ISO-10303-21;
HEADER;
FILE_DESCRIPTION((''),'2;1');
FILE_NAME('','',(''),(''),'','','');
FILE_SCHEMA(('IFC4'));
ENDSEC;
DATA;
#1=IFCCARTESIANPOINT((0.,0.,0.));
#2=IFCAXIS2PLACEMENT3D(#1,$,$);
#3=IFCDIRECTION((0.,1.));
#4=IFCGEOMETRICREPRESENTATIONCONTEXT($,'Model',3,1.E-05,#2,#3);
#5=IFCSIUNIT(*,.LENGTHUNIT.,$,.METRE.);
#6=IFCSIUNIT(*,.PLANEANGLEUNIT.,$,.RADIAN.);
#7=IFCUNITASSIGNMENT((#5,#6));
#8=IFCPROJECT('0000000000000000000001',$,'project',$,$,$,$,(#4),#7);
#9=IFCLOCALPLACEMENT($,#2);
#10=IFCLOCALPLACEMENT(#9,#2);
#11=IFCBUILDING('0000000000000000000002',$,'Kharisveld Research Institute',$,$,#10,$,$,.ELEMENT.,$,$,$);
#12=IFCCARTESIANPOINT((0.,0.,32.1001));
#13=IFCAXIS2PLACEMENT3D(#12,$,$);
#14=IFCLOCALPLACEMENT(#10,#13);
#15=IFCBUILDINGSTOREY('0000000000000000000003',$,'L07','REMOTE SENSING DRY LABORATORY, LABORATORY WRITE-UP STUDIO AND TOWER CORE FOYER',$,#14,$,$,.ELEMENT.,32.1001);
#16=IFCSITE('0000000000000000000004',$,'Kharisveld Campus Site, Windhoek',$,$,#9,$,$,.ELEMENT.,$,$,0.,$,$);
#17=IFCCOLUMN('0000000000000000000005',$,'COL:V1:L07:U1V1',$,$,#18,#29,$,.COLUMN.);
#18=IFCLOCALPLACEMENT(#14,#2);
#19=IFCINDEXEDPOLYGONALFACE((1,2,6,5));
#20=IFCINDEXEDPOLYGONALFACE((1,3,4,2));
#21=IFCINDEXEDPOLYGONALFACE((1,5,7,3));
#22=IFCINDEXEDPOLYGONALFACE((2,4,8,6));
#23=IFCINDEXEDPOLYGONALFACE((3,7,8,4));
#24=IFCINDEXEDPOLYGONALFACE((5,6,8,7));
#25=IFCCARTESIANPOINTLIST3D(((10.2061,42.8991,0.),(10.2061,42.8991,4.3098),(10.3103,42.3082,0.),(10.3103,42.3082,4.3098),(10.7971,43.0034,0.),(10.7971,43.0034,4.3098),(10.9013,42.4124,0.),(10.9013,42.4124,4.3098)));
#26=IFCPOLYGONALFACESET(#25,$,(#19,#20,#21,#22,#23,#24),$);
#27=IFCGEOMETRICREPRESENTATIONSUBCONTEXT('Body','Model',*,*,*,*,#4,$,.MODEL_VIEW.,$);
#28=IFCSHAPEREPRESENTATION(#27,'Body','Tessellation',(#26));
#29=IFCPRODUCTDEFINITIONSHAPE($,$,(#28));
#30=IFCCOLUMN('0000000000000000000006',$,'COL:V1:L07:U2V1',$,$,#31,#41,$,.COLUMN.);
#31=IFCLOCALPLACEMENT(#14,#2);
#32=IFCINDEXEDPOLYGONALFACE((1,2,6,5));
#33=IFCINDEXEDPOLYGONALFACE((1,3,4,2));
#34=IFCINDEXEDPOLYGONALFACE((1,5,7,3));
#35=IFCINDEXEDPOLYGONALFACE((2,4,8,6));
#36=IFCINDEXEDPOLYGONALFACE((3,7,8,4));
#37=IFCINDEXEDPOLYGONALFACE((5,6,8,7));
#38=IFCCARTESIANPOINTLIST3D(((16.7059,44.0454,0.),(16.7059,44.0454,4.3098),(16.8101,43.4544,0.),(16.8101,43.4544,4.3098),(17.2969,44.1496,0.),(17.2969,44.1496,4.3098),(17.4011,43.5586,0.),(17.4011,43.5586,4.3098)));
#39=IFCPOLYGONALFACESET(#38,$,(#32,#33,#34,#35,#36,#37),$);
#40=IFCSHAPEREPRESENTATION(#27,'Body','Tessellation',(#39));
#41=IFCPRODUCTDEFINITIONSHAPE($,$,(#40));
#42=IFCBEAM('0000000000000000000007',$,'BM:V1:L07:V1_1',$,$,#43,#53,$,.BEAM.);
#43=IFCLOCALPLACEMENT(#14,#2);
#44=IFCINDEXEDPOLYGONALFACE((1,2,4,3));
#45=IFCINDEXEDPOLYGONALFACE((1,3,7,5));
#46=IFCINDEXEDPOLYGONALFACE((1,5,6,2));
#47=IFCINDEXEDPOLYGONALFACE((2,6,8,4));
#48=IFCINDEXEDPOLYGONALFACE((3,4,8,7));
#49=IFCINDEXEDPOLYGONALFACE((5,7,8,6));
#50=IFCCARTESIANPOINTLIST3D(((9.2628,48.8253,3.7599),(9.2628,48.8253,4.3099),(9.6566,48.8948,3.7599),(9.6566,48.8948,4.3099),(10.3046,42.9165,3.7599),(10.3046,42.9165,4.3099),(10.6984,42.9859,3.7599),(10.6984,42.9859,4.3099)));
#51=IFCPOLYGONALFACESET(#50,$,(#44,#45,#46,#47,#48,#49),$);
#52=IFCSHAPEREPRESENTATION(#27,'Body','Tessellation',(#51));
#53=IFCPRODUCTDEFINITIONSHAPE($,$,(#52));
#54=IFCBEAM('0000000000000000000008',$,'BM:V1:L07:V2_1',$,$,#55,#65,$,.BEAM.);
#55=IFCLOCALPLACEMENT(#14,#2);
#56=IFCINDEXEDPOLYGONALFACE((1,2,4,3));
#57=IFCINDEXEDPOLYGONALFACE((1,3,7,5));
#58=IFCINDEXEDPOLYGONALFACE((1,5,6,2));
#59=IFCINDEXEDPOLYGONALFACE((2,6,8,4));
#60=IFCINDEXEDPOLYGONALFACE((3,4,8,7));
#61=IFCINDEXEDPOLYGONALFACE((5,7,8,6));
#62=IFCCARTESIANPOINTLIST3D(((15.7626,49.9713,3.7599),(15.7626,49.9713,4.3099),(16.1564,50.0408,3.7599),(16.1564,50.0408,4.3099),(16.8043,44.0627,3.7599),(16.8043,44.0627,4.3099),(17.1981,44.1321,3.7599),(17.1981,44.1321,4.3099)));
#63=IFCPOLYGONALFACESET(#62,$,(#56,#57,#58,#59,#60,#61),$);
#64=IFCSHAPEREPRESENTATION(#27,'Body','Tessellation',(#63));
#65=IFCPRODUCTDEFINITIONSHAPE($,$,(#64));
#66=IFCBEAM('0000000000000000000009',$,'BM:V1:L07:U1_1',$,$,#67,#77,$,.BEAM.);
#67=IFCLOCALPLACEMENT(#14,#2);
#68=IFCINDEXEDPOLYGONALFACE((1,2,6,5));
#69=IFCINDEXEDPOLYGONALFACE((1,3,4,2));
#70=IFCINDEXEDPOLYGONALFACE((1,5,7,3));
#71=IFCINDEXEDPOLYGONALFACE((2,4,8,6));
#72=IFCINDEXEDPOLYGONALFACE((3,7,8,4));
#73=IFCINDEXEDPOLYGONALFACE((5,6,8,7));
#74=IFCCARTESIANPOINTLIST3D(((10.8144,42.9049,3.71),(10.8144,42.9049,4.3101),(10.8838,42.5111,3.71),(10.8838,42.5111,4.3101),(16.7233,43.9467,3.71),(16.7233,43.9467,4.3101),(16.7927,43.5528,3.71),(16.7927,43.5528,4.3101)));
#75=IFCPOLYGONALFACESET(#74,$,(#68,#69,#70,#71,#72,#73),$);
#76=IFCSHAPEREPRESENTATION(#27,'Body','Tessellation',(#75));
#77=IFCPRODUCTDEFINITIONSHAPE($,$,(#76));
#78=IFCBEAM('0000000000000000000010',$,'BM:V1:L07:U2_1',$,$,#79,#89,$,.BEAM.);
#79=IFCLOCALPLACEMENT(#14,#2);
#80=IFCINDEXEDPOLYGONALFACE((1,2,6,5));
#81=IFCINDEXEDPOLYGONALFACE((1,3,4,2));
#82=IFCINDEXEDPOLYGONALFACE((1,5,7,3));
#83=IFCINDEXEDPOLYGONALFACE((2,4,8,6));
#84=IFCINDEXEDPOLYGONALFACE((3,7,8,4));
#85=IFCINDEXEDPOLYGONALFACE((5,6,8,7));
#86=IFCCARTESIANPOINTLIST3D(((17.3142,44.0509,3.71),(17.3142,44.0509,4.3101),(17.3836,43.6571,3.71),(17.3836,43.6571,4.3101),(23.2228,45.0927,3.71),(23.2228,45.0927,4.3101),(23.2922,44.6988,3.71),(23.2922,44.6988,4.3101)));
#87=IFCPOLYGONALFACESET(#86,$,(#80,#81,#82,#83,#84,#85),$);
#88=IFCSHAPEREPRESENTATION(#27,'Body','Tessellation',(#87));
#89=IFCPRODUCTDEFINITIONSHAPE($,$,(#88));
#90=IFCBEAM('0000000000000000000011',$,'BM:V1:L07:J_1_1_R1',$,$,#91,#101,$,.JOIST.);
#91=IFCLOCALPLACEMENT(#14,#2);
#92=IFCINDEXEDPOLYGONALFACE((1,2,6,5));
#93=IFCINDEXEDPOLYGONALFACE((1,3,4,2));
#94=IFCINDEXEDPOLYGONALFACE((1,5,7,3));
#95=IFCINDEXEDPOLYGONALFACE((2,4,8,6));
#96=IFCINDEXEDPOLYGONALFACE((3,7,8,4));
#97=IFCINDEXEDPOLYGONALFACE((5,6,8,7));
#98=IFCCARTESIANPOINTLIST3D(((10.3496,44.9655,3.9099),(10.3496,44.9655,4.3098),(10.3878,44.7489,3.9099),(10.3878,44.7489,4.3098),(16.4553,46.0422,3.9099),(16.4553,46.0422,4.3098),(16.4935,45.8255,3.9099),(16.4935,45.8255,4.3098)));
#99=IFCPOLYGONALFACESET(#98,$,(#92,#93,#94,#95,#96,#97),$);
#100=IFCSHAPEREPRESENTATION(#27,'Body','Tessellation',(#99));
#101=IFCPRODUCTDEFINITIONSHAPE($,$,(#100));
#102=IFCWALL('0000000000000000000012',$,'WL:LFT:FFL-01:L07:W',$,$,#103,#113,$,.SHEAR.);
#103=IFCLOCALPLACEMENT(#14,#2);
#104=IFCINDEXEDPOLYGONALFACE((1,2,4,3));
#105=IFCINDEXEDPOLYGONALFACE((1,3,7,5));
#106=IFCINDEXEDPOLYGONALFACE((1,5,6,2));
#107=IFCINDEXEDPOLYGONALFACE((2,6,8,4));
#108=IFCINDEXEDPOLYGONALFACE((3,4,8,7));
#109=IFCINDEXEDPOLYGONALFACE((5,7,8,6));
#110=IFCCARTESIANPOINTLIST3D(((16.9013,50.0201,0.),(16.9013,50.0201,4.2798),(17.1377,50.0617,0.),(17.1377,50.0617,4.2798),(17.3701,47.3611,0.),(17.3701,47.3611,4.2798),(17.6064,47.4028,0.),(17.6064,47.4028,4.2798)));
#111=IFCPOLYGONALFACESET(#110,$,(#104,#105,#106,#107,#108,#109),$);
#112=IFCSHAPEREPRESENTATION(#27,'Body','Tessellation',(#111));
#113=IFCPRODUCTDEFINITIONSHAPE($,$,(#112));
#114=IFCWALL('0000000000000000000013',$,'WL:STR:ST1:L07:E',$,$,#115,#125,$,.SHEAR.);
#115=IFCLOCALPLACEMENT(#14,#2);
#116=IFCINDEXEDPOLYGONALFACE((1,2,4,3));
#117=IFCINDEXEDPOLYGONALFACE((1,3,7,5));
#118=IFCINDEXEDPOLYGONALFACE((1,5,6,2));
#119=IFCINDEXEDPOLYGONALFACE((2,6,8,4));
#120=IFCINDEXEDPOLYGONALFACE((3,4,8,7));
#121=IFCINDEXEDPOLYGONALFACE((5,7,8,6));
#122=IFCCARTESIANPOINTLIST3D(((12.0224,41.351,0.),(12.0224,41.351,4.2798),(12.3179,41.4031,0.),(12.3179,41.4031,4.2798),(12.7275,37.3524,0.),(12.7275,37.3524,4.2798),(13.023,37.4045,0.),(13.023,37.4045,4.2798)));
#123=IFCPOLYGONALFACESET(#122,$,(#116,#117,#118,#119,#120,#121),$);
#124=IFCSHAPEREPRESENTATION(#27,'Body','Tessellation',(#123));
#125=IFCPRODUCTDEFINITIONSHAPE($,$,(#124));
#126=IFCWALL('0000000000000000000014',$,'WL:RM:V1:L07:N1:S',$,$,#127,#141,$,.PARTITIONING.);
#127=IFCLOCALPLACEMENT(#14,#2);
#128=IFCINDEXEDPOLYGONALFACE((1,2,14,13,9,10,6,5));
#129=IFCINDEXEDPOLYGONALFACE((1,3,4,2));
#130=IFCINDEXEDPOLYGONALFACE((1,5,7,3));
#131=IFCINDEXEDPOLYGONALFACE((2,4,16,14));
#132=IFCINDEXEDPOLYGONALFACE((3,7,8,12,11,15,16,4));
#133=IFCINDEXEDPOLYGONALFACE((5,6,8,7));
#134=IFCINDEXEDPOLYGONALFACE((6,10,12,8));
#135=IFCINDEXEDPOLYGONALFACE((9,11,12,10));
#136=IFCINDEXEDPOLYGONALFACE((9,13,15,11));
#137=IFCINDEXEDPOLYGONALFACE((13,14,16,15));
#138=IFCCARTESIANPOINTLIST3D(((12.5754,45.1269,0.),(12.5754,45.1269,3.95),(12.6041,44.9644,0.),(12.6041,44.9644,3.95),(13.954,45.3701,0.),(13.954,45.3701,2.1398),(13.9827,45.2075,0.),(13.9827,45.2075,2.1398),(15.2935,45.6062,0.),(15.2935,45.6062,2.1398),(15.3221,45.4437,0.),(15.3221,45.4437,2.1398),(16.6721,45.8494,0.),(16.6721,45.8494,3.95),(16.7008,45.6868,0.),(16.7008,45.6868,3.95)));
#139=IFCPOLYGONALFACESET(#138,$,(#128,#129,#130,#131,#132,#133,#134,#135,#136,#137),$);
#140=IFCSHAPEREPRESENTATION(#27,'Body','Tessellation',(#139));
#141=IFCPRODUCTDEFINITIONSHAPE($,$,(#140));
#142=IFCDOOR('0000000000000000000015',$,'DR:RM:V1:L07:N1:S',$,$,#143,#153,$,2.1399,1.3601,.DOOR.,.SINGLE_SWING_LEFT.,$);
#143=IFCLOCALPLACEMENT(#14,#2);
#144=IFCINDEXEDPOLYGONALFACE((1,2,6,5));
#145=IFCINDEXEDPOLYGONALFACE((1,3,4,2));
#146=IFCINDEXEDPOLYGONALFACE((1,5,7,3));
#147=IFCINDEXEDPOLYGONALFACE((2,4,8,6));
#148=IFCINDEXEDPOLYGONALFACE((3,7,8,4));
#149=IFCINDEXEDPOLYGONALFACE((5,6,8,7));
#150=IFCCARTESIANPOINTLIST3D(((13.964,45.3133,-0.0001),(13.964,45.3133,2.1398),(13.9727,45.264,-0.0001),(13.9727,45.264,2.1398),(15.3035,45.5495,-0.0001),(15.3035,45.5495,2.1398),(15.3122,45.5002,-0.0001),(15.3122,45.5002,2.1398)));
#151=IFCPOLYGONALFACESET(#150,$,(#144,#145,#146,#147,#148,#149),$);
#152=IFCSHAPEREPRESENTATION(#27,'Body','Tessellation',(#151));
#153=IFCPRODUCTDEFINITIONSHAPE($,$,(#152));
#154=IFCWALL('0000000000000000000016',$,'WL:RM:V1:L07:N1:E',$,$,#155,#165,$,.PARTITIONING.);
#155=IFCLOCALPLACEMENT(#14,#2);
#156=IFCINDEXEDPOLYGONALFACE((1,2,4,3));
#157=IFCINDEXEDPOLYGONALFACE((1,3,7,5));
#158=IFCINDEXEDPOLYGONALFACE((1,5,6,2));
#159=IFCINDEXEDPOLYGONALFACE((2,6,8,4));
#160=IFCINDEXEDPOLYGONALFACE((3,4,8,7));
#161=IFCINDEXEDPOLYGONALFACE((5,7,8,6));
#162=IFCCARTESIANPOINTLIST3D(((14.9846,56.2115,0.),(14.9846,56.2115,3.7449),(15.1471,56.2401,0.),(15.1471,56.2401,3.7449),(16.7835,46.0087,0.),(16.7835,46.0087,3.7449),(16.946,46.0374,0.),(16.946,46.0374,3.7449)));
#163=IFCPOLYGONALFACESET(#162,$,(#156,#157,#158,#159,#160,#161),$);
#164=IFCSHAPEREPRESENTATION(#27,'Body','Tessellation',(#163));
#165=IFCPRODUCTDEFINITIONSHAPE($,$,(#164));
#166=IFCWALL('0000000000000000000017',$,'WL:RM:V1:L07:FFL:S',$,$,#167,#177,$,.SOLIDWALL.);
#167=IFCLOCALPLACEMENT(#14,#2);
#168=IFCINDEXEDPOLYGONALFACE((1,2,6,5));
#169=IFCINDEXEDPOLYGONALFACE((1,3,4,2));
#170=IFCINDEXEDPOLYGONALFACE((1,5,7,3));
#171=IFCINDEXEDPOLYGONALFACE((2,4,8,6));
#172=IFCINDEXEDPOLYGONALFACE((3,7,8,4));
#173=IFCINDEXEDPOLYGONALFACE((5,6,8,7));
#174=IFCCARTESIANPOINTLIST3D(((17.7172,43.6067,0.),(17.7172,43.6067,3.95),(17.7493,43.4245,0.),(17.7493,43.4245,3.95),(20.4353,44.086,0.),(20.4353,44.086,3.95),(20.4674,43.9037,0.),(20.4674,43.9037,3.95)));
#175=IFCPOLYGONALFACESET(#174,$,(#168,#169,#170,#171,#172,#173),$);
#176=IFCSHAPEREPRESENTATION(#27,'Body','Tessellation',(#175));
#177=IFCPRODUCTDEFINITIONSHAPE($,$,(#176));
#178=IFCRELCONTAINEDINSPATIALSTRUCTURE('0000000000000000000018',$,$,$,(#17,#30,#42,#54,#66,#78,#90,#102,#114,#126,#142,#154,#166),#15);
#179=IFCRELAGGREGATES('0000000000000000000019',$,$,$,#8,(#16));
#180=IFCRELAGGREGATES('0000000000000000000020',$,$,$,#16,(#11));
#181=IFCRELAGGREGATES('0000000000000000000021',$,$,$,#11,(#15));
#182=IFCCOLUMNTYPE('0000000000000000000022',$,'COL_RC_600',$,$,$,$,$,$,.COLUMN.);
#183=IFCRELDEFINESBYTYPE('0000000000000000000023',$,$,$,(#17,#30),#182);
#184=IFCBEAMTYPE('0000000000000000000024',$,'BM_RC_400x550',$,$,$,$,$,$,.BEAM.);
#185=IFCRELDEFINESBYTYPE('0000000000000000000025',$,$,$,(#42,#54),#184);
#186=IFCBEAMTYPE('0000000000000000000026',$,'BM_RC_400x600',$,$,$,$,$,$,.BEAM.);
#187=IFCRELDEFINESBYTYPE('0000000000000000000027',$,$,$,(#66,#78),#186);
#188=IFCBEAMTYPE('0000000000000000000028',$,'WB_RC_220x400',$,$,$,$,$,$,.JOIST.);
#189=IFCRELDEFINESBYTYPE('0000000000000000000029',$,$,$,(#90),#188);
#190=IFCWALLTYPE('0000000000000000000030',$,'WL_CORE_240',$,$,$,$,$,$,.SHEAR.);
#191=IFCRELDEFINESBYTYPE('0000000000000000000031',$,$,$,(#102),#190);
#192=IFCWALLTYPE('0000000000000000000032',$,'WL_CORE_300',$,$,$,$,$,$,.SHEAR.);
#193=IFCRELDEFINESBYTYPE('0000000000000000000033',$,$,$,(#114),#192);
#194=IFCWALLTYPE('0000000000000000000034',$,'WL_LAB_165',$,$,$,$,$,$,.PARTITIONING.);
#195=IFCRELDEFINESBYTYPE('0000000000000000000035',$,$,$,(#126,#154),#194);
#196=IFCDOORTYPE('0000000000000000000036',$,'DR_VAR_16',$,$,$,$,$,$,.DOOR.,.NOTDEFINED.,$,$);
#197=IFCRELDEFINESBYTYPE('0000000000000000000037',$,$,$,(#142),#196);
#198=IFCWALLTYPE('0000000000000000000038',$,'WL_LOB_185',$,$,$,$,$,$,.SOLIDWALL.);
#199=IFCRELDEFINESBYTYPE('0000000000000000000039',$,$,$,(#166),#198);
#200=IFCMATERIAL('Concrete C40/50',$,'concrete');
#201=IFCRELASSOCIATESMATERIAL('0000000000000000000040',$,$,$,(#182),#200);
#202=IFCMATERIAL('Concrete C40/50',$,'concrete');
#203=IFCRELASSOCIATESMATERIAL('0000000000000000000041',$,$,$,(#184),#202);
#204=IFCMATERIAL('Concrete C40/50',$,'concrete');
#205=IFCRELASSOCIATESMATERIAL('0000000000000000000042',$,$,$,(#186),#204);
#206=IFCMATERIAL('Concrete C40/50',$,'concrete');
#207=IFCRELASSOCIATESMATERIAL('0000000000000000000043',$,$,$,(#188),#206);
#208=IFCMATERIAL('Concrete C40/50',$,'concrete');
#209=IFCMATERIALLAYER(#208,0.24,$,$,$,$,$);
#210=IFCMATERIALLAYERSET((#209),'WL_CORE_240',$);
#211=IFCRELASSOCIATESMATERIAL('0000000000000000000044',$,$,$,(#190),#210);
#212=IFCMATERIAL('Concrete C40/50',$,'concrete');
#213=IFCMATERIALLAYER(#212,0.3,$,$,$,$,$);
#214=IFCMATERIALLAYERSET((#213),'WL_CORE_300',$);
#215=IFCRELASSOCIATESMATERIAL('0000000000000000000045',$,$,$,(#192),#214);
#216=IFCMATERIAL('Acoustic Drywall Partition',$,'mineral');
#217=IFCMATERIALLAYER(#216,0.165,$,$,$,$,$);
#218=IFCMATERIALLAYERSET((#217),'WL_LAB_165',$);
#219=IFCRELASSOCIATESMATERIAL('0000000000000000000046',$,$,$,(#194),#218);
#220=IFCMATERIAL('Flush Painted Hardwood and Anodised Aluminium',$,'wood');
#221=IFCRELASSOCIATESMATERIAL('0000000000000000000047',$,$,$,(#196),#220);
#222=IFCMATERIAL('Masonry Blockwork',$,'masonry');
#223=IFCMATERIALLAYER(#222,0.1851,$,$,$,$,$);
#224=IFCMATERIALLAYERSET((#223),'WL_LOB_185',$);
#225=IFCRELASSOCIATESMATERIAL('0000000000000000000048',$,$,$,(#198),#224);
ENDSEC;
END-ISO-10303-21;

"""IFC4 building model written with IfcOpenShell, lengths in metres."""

from ifc_helpers import new_model, si_unit, direction, frame, frame_2d, origin, origin_2d, place, context, subcontext, project, spatial, rectangle, extrude, material, layer, layer_set, material_profile, profile_set, type_object, element, fill, save


model = new_model("IFC4")

# Units and contexts
model_context = context("Model", 3, precision=1e-05, world=origin(), true_north=direction((0.0, 1.0)))
body_context = subcontext(model_context, "Body", "Model", "MODEL_VIEW")
ifc_project = project(units=[si_unit("LENGTHUNIT", "METRE"), si_unit("PLANEANGLEUNIT", "RADIAN")], contexts=[model_context])

# Site, building, storey
site_placement = place(None, origin())
site = spatial("IfcSite", under=ifc_project, at=site_placement, Name="Kharisveld Campus Site, Windhoek", CompositionType="ELEMENT", RefElevation=0.0)
building_placement = place(site_placement, origin())
building = spatial("IfcBuilding", under=site, at=building_placement, Name="Kharisveld Research Institute", CompositionType="ELEMENT")
storey_placement = place(building_placement, frame((0.0, 0.0, 32.1001)))
storey = spatial("IfcBuildingStorey", under=building, at=storey_placement, Name="L07", Description="REMOTE SENSING DRY LABORATORY, LABORATORY WRITE-UP STUDIO AND TOWER CORE FOYER", CompositionType="ELEMENT", Elevation=32.1001)

# Columns
ifc_material_1 = material(Name="Concrete C40/50", Category="concrete")
ifc_material_profile_1 = material_profile(ifc_material_1, rectangle(XDim=0.6001, YDim=0.6001, at=origin_2d()))
ifc_profile_set_1 = profile_set([ifc_material_profile_1], Name="Concrete C40/50")
column_type = type_object("IfcColumnType", Name="COL_RC_600", PredefinedType="COLUMN", material=ifc_profile_set_1)
for number, where, z_axis, x_axis, name in (
    (1, (10.5537, 42.6558, 0.0), (0.0, 0.0, 1.0), (0.984808, 0.173648, 0.0), "COL:V1:L07:U1V1"),
    (2, (17.0535, 43.802, 0.0), (0.0, 0.0, 1.0), (0.984808, 0.173648, 0.0), "COL:V1:L07:U2V1"),
):
    element("IfcColumn", number, at=place(storey_placement, frame(where, z_axis=z_axis, x_axis=x_axis)), inside=storey, type_object=column_type, Name=name, PredefinedType="COLUMN", context=body_context, shape_type="SweptSolid", body=[
        extrude(rectangle(XDim=0.6001, YDim=0.6001, at=origin_2d()), origin(), (0.0, 0.0, 1.0), 4.3098),
    ])

# Beams
ifc_material_2 = material(Name="Concrete C40/50", Category="concrete")
ifc_material_profile_2 = material_profile(ifc_material_2, rectangle(XDim=0.3999, YDim=0.55, at=origin_2d()))
ifc_profile_set_2 = profile_set([ifc_material_profile_2], Name="Concrete C40/50")
beam_type_1 = type_object("IfcBeamType", Name="BM_RC_400x550", PredefinedType="BEAM", material=ifc_profile_set_2)
beam_1_placement = place(storey_placement, frame((10.5015, 42.9512, 4.0349), z_axis=(-0.173623, 0.984812, 0.0), x_axis=(-0.984812, -0.173623, 0.0)))
element("IfcBeam", 3, at=beam_1_placement, inside=storey, type_object=beam_type_1, Name="BM:V1:L07:V1_1", PredefinedType="BEAM", context=body_context, shape_type="SweptSolid", body=[
    extrude(rectangle(XDim=0.3999, YDim=0.55, at=origin_2d()), origin(), (0.0, 0.0, 1.0), 6.0),
])
beam_2_placement = place(storey_placement, frame((17.0012, 44.0974, 4.0349), z_axis=(-0.17363, 0.984811, 0.0), x_axis=(-0.984811, -0.17363, 0.0)))
element("IfcBeam", 4, at=beam_2_placement, inside=storey, type_object=beam_type_1, Name="BM:V1:L07:V2_1", PredefinedType="BEAM", context=body_context, shape_type="SweptSolid", body=[
    extrude(rectangle(XDim=0.3999, YDim=0.55, at=origin_2d()), origin(), (0.0, 0.0, 1.0), 5.9998),
])
ifc_material_3 = material(Name="Concrete C40/50", Category="concrete")
ifc_material_profile_3 = material_profile(ifc_material_3, rectangle(XDim=0.3999, YDim=0.6001, at=origin_2d()))
ifc_profile_set_3 = profile_set([ifc_material_profile_3], Name="Concrete C40/50")
beam_type_2 = type_object("IfcBeamType", Name="BM_RC_400x600", PredefinedType="BEAM", material=ifc_profile_set_3)
beam_3_placement = place(storey_placement, frame((10.8491, 42.708, 4.01), z_axis=(0.984812, 0.173623, 0.0), x_axis=(-0.173623, 0.984812, 0.0)))
element("IfcBeam", 5, at=beam_3_placement, inside=storey, type_object=beam_type_2, Name="BM:V1:L07:U1_1", PredefinedType="BEAM", context=body_context, shape_type="SweptSolid", body=[
    extrude(rectangle(XDim=0.3999, YDim=0.6001, at=origin_2d()), origin(), (0.0, 0.0, 1.0), 6.0),
])
beam_4_placement = place(storey_placement, frame((17.3489, 43.854, 4.01), z_axis=(0.984811, 0.17363, 0.0), x_axis=(-0.17363, 0.984811, 0.0)))
element("IfcBeam", 6, at=beam_4_placement, inside=storey, type_object=beam_type_2, Name="BM:V1:L07:U2_1", PredefinedType="BEAM", context=body_context, shape_type="SweptSolid", body=[
    extrude(rectangle(XDim=0.3999, YDim=0.6001, at=origin_2d()), origin(), (0.0, 0.0, 1.0), 5.9998),
])
ifc_material_4 = material(Name="Concrete C40/50", Category="concrete")
ifc_material_profile_4 = material_profile(ifc_material_4, rectangle(XDim=0.22, YDim=0.3999, at=origin_2d()))
ifc_profile_set_4 = profile_set([ifc_material_profile_4], Name="Concrete C40/50")
beam_type_3 = type_object("IfcBeamType", Name="WB_RC_220x400", PredefinedType="JOIST", material=ifc_profile_set_4)
beam_5_placement = place(storey_placement, frame((10.3687, 44.8572, 4.1099), z_axis=(0.984806, 0.173657, 0.0), x_axis=(-0.173657, 0.984806, 0.0)))
element("IfcBeam", 7, at=beam_5_placement, inside=storey, type_object=beam_type_3, Name="BM:V1:L07:J_1_1_R1", PredefinedType="JOIST", context=body_context, shape_type="SweptSolid", body=[
    extrude(rectangle(XDim=0.22, YDim=0.3999, at=origin_2d()), origin(), (0.0, 0.0, 1.0), 6.2),
])

# Walls
ifc_material_5 = material(Name="Concrete C40/50", Category="concrete")
ifc_layer_1 = layer(ifc_material_5, 0.24)
ifc_layer_set_1 = layer_set([ifc_layer_1], Name="WL_CORE_240")
wall_type_1 = type_object("IfcWallType", Name="WL_CORE_240", PredefinedType="SHEAR", material=ifc_layer_set_1)
wall_1_placement = place(storey_placement, frame((17.4883, 47.3818, 0.0), z_axis=(0.0, 0.0, 1.0), x_axis=(-0.173615, 0.984814, 0.0)))
element("IfcWall", 8, at=wall_1_placement, inside=storey, type_object=wall_type_1, Name="WL:LFT:FFL-01:L07:W", PredefinedType="SHEAR", context=body_context, shape_type="SweptSolid", body=[
    extrude(rectangle(XDim=2.7, YDim=0.24, at=frame_2d((1.3501, 0.0))), origin(), (0.0, 0.0, 1.0), 4.2798),
])
ifc_material_6 = material(Name="Concrete C40/50", Category="concrete")
ifc_layer_2 = layer(ifc_material_6, 0.3)
ifc_layer_set_2 = layer_set([ifc_layer_2], Name="WL_CORE_300")
wall_type_2 = type_object("IfcWallType", Name="WL_CORE_300", PredefinedType="SHEAR", material=ifc_layer_set_2)
wall_2_placement = place(storey_placement, frame((12.1702, 41.3772, 0.0), z_axis=(0.0, 0.0, 1.0), x_axis=(0.173655, -0.984807, 0.0)))
element("IfcWall", 9, at=wall_2_placement, inside=storey, type_object=wall_type_2, Name="WL:STR:ST1:L07:E", PredefinedType="SHEAR", context=body_context, shape_type="SweptSolid", body=[
    extrude(rectangle(XDim=4.0603, YDim=0.3, at=frame_2d((2.0303, 0.0))), origin(), (0.0, 0.0, 1.0), 4.2798),
])

# Wall, opening, door
ifc_material_7 = material(Name="Acoustic Drywall Partition", Category="mineral")
ifc_layer_3 = layer(ifc_material_7, 0.165)
ifc_layer_set_3 = layer_set([ifc_layer_3], Name="WL_LAB_165")
wall_type_3 = type_object("IfcWallType", Name="WL_LAB_165", PredefinedType="PARTITIONING", material=ifc_layer_set_3)
wall_3_placement = place(storey_placement, frame((12.5896, 45.0457, 0.0), z_axis=(0.0, 0.0, 1.0), x_axis=(0.984805, 0.173661, 0.0)))
wall_3 = element("IfcWall", 10, at=wall_3_placement, inside=storey, type_object=wall_type_3, Name="WL:RM:V1:L07:N1:S", PredefinedType="PARTITIONING", context=body_context, shape_type="SweptSolid", body=[
    extrude(rectangle(XDim=4.1599, YDim=0.165, at=frame_2d((2.0801, 0.0))), origin(), (0.0, 0.0, 1.0), 3.95),
])
opening_1_placement = place(wall_3_placement, frame((1.3999, 0.0, 0.0)))
opening_1 = element("IfcOpeningElement", 11, at=opening_1_placement, cuts=wall_3, PredefinedType="OPENING", context=body_context, shape_type="SweptSolid", body=[
    extrude(rectangle(XDim=1.3601, YDim=2.1399, at=frame_2d((0.6802, 1.0698))), frame((0.0, 0.0825, 0.0), z_axis=(0.0, -1.0, 0.0), x_axis=(1.0, 0.0, 0.0)), (0.0, 0.0, 1.0), 0.165),
])
ifc_material_8 = material(Name="Flush Painted Hardwood and Anodised Aluminium", Category="wood")
door_type_1 = type_object("IfcDoorType", Name="DR_VAR_16", OperationType="NOTDEFINED", PredefinedType="DOOR", material=ifc_material_8)
door_1_placement = place(opening_1_placement, origin())
door_1 = element("IfcDoor", 12, at=door_1_placement, inside=storey, type_object=door_type_1, Name="DR:RM:V1:L07:N1:S", OperationType="SINGLE_SWING_LEFT", OverallHeight=2.1399, OverallWidth=1.3601, PredefinedType="DOOR", context=body_context, shape_type="SweptSolid", body=[
    extrude(rectangle(XDim=1.3601, YDim=2.1399, at=frame_2d((0.6802, 1.0698))), frame((0.0, 0.0249, 0.0), z_axis=(0.0, -1.0, 0.0), x_axis=(1.0, 0.0, 0.0)), (0.0, 0.0, 1.0), 0.05),
])
fill(opening_1, door_1)

# Walls
wall_4_placement = place(storey_placement, frame((16.8647, 46.0229, 0.0), z_axis=(0.0, 0.0, 1.0), x_axis=(-0.173632, 0.984811, 0.0)))
element("IfcWall", 13, at=wall_4_placement, inside=storey, type_object=wall_type_3, Name="WL:RM:V1:L07:N1:E", PredefinedType="PARTITIONING", context=body_context, shape_type="SweptSolid", body=[
    extrude(rectangle(XDim=10.3601, YDim=0.165, at=frame_2d((5.1802, 0.0))), origin(), (0.0, 0.0, 1.0), 3.7449),
])
ifc_material_9 = material(Name="Masonry Blockwork", Category="masonry")
ifc_layer_4 = layer(ifc_material_9, 0.1851)
ifc_layer_set_4 = layer_set([ifc_layer_4], Name="WL_LOB_185")
wall_type_4 = type_object("IfcWallType", Name="WL_LOB_185", PredefinedType="SOLIDWALL", material=ifc_layer_set_4)
wall_5_placement = place(storey_placement, frame((17.7334, 43.5156, 0.0), z_axis=(0.0, 0.0, 1.0), x_axis=(0.984808, 0.173644, 0.0)))
element("IfcWall", 14, at=wall_5_placement, inside=storey, type_object=wall_type_4, Name="WL:RM:V1:L07:FFL:S", PredefinedType="SOLIDWALL", context=body_context, shape_type="SweptSolid", body=[
    extrude(rectangle(XDim=2.76, YDim=0.1851, at=frame_2d((1.3799, 0.0))), origin(), (0.0, 0.0, 1.0), 3.95),
])

save(model, "model.ifc")
